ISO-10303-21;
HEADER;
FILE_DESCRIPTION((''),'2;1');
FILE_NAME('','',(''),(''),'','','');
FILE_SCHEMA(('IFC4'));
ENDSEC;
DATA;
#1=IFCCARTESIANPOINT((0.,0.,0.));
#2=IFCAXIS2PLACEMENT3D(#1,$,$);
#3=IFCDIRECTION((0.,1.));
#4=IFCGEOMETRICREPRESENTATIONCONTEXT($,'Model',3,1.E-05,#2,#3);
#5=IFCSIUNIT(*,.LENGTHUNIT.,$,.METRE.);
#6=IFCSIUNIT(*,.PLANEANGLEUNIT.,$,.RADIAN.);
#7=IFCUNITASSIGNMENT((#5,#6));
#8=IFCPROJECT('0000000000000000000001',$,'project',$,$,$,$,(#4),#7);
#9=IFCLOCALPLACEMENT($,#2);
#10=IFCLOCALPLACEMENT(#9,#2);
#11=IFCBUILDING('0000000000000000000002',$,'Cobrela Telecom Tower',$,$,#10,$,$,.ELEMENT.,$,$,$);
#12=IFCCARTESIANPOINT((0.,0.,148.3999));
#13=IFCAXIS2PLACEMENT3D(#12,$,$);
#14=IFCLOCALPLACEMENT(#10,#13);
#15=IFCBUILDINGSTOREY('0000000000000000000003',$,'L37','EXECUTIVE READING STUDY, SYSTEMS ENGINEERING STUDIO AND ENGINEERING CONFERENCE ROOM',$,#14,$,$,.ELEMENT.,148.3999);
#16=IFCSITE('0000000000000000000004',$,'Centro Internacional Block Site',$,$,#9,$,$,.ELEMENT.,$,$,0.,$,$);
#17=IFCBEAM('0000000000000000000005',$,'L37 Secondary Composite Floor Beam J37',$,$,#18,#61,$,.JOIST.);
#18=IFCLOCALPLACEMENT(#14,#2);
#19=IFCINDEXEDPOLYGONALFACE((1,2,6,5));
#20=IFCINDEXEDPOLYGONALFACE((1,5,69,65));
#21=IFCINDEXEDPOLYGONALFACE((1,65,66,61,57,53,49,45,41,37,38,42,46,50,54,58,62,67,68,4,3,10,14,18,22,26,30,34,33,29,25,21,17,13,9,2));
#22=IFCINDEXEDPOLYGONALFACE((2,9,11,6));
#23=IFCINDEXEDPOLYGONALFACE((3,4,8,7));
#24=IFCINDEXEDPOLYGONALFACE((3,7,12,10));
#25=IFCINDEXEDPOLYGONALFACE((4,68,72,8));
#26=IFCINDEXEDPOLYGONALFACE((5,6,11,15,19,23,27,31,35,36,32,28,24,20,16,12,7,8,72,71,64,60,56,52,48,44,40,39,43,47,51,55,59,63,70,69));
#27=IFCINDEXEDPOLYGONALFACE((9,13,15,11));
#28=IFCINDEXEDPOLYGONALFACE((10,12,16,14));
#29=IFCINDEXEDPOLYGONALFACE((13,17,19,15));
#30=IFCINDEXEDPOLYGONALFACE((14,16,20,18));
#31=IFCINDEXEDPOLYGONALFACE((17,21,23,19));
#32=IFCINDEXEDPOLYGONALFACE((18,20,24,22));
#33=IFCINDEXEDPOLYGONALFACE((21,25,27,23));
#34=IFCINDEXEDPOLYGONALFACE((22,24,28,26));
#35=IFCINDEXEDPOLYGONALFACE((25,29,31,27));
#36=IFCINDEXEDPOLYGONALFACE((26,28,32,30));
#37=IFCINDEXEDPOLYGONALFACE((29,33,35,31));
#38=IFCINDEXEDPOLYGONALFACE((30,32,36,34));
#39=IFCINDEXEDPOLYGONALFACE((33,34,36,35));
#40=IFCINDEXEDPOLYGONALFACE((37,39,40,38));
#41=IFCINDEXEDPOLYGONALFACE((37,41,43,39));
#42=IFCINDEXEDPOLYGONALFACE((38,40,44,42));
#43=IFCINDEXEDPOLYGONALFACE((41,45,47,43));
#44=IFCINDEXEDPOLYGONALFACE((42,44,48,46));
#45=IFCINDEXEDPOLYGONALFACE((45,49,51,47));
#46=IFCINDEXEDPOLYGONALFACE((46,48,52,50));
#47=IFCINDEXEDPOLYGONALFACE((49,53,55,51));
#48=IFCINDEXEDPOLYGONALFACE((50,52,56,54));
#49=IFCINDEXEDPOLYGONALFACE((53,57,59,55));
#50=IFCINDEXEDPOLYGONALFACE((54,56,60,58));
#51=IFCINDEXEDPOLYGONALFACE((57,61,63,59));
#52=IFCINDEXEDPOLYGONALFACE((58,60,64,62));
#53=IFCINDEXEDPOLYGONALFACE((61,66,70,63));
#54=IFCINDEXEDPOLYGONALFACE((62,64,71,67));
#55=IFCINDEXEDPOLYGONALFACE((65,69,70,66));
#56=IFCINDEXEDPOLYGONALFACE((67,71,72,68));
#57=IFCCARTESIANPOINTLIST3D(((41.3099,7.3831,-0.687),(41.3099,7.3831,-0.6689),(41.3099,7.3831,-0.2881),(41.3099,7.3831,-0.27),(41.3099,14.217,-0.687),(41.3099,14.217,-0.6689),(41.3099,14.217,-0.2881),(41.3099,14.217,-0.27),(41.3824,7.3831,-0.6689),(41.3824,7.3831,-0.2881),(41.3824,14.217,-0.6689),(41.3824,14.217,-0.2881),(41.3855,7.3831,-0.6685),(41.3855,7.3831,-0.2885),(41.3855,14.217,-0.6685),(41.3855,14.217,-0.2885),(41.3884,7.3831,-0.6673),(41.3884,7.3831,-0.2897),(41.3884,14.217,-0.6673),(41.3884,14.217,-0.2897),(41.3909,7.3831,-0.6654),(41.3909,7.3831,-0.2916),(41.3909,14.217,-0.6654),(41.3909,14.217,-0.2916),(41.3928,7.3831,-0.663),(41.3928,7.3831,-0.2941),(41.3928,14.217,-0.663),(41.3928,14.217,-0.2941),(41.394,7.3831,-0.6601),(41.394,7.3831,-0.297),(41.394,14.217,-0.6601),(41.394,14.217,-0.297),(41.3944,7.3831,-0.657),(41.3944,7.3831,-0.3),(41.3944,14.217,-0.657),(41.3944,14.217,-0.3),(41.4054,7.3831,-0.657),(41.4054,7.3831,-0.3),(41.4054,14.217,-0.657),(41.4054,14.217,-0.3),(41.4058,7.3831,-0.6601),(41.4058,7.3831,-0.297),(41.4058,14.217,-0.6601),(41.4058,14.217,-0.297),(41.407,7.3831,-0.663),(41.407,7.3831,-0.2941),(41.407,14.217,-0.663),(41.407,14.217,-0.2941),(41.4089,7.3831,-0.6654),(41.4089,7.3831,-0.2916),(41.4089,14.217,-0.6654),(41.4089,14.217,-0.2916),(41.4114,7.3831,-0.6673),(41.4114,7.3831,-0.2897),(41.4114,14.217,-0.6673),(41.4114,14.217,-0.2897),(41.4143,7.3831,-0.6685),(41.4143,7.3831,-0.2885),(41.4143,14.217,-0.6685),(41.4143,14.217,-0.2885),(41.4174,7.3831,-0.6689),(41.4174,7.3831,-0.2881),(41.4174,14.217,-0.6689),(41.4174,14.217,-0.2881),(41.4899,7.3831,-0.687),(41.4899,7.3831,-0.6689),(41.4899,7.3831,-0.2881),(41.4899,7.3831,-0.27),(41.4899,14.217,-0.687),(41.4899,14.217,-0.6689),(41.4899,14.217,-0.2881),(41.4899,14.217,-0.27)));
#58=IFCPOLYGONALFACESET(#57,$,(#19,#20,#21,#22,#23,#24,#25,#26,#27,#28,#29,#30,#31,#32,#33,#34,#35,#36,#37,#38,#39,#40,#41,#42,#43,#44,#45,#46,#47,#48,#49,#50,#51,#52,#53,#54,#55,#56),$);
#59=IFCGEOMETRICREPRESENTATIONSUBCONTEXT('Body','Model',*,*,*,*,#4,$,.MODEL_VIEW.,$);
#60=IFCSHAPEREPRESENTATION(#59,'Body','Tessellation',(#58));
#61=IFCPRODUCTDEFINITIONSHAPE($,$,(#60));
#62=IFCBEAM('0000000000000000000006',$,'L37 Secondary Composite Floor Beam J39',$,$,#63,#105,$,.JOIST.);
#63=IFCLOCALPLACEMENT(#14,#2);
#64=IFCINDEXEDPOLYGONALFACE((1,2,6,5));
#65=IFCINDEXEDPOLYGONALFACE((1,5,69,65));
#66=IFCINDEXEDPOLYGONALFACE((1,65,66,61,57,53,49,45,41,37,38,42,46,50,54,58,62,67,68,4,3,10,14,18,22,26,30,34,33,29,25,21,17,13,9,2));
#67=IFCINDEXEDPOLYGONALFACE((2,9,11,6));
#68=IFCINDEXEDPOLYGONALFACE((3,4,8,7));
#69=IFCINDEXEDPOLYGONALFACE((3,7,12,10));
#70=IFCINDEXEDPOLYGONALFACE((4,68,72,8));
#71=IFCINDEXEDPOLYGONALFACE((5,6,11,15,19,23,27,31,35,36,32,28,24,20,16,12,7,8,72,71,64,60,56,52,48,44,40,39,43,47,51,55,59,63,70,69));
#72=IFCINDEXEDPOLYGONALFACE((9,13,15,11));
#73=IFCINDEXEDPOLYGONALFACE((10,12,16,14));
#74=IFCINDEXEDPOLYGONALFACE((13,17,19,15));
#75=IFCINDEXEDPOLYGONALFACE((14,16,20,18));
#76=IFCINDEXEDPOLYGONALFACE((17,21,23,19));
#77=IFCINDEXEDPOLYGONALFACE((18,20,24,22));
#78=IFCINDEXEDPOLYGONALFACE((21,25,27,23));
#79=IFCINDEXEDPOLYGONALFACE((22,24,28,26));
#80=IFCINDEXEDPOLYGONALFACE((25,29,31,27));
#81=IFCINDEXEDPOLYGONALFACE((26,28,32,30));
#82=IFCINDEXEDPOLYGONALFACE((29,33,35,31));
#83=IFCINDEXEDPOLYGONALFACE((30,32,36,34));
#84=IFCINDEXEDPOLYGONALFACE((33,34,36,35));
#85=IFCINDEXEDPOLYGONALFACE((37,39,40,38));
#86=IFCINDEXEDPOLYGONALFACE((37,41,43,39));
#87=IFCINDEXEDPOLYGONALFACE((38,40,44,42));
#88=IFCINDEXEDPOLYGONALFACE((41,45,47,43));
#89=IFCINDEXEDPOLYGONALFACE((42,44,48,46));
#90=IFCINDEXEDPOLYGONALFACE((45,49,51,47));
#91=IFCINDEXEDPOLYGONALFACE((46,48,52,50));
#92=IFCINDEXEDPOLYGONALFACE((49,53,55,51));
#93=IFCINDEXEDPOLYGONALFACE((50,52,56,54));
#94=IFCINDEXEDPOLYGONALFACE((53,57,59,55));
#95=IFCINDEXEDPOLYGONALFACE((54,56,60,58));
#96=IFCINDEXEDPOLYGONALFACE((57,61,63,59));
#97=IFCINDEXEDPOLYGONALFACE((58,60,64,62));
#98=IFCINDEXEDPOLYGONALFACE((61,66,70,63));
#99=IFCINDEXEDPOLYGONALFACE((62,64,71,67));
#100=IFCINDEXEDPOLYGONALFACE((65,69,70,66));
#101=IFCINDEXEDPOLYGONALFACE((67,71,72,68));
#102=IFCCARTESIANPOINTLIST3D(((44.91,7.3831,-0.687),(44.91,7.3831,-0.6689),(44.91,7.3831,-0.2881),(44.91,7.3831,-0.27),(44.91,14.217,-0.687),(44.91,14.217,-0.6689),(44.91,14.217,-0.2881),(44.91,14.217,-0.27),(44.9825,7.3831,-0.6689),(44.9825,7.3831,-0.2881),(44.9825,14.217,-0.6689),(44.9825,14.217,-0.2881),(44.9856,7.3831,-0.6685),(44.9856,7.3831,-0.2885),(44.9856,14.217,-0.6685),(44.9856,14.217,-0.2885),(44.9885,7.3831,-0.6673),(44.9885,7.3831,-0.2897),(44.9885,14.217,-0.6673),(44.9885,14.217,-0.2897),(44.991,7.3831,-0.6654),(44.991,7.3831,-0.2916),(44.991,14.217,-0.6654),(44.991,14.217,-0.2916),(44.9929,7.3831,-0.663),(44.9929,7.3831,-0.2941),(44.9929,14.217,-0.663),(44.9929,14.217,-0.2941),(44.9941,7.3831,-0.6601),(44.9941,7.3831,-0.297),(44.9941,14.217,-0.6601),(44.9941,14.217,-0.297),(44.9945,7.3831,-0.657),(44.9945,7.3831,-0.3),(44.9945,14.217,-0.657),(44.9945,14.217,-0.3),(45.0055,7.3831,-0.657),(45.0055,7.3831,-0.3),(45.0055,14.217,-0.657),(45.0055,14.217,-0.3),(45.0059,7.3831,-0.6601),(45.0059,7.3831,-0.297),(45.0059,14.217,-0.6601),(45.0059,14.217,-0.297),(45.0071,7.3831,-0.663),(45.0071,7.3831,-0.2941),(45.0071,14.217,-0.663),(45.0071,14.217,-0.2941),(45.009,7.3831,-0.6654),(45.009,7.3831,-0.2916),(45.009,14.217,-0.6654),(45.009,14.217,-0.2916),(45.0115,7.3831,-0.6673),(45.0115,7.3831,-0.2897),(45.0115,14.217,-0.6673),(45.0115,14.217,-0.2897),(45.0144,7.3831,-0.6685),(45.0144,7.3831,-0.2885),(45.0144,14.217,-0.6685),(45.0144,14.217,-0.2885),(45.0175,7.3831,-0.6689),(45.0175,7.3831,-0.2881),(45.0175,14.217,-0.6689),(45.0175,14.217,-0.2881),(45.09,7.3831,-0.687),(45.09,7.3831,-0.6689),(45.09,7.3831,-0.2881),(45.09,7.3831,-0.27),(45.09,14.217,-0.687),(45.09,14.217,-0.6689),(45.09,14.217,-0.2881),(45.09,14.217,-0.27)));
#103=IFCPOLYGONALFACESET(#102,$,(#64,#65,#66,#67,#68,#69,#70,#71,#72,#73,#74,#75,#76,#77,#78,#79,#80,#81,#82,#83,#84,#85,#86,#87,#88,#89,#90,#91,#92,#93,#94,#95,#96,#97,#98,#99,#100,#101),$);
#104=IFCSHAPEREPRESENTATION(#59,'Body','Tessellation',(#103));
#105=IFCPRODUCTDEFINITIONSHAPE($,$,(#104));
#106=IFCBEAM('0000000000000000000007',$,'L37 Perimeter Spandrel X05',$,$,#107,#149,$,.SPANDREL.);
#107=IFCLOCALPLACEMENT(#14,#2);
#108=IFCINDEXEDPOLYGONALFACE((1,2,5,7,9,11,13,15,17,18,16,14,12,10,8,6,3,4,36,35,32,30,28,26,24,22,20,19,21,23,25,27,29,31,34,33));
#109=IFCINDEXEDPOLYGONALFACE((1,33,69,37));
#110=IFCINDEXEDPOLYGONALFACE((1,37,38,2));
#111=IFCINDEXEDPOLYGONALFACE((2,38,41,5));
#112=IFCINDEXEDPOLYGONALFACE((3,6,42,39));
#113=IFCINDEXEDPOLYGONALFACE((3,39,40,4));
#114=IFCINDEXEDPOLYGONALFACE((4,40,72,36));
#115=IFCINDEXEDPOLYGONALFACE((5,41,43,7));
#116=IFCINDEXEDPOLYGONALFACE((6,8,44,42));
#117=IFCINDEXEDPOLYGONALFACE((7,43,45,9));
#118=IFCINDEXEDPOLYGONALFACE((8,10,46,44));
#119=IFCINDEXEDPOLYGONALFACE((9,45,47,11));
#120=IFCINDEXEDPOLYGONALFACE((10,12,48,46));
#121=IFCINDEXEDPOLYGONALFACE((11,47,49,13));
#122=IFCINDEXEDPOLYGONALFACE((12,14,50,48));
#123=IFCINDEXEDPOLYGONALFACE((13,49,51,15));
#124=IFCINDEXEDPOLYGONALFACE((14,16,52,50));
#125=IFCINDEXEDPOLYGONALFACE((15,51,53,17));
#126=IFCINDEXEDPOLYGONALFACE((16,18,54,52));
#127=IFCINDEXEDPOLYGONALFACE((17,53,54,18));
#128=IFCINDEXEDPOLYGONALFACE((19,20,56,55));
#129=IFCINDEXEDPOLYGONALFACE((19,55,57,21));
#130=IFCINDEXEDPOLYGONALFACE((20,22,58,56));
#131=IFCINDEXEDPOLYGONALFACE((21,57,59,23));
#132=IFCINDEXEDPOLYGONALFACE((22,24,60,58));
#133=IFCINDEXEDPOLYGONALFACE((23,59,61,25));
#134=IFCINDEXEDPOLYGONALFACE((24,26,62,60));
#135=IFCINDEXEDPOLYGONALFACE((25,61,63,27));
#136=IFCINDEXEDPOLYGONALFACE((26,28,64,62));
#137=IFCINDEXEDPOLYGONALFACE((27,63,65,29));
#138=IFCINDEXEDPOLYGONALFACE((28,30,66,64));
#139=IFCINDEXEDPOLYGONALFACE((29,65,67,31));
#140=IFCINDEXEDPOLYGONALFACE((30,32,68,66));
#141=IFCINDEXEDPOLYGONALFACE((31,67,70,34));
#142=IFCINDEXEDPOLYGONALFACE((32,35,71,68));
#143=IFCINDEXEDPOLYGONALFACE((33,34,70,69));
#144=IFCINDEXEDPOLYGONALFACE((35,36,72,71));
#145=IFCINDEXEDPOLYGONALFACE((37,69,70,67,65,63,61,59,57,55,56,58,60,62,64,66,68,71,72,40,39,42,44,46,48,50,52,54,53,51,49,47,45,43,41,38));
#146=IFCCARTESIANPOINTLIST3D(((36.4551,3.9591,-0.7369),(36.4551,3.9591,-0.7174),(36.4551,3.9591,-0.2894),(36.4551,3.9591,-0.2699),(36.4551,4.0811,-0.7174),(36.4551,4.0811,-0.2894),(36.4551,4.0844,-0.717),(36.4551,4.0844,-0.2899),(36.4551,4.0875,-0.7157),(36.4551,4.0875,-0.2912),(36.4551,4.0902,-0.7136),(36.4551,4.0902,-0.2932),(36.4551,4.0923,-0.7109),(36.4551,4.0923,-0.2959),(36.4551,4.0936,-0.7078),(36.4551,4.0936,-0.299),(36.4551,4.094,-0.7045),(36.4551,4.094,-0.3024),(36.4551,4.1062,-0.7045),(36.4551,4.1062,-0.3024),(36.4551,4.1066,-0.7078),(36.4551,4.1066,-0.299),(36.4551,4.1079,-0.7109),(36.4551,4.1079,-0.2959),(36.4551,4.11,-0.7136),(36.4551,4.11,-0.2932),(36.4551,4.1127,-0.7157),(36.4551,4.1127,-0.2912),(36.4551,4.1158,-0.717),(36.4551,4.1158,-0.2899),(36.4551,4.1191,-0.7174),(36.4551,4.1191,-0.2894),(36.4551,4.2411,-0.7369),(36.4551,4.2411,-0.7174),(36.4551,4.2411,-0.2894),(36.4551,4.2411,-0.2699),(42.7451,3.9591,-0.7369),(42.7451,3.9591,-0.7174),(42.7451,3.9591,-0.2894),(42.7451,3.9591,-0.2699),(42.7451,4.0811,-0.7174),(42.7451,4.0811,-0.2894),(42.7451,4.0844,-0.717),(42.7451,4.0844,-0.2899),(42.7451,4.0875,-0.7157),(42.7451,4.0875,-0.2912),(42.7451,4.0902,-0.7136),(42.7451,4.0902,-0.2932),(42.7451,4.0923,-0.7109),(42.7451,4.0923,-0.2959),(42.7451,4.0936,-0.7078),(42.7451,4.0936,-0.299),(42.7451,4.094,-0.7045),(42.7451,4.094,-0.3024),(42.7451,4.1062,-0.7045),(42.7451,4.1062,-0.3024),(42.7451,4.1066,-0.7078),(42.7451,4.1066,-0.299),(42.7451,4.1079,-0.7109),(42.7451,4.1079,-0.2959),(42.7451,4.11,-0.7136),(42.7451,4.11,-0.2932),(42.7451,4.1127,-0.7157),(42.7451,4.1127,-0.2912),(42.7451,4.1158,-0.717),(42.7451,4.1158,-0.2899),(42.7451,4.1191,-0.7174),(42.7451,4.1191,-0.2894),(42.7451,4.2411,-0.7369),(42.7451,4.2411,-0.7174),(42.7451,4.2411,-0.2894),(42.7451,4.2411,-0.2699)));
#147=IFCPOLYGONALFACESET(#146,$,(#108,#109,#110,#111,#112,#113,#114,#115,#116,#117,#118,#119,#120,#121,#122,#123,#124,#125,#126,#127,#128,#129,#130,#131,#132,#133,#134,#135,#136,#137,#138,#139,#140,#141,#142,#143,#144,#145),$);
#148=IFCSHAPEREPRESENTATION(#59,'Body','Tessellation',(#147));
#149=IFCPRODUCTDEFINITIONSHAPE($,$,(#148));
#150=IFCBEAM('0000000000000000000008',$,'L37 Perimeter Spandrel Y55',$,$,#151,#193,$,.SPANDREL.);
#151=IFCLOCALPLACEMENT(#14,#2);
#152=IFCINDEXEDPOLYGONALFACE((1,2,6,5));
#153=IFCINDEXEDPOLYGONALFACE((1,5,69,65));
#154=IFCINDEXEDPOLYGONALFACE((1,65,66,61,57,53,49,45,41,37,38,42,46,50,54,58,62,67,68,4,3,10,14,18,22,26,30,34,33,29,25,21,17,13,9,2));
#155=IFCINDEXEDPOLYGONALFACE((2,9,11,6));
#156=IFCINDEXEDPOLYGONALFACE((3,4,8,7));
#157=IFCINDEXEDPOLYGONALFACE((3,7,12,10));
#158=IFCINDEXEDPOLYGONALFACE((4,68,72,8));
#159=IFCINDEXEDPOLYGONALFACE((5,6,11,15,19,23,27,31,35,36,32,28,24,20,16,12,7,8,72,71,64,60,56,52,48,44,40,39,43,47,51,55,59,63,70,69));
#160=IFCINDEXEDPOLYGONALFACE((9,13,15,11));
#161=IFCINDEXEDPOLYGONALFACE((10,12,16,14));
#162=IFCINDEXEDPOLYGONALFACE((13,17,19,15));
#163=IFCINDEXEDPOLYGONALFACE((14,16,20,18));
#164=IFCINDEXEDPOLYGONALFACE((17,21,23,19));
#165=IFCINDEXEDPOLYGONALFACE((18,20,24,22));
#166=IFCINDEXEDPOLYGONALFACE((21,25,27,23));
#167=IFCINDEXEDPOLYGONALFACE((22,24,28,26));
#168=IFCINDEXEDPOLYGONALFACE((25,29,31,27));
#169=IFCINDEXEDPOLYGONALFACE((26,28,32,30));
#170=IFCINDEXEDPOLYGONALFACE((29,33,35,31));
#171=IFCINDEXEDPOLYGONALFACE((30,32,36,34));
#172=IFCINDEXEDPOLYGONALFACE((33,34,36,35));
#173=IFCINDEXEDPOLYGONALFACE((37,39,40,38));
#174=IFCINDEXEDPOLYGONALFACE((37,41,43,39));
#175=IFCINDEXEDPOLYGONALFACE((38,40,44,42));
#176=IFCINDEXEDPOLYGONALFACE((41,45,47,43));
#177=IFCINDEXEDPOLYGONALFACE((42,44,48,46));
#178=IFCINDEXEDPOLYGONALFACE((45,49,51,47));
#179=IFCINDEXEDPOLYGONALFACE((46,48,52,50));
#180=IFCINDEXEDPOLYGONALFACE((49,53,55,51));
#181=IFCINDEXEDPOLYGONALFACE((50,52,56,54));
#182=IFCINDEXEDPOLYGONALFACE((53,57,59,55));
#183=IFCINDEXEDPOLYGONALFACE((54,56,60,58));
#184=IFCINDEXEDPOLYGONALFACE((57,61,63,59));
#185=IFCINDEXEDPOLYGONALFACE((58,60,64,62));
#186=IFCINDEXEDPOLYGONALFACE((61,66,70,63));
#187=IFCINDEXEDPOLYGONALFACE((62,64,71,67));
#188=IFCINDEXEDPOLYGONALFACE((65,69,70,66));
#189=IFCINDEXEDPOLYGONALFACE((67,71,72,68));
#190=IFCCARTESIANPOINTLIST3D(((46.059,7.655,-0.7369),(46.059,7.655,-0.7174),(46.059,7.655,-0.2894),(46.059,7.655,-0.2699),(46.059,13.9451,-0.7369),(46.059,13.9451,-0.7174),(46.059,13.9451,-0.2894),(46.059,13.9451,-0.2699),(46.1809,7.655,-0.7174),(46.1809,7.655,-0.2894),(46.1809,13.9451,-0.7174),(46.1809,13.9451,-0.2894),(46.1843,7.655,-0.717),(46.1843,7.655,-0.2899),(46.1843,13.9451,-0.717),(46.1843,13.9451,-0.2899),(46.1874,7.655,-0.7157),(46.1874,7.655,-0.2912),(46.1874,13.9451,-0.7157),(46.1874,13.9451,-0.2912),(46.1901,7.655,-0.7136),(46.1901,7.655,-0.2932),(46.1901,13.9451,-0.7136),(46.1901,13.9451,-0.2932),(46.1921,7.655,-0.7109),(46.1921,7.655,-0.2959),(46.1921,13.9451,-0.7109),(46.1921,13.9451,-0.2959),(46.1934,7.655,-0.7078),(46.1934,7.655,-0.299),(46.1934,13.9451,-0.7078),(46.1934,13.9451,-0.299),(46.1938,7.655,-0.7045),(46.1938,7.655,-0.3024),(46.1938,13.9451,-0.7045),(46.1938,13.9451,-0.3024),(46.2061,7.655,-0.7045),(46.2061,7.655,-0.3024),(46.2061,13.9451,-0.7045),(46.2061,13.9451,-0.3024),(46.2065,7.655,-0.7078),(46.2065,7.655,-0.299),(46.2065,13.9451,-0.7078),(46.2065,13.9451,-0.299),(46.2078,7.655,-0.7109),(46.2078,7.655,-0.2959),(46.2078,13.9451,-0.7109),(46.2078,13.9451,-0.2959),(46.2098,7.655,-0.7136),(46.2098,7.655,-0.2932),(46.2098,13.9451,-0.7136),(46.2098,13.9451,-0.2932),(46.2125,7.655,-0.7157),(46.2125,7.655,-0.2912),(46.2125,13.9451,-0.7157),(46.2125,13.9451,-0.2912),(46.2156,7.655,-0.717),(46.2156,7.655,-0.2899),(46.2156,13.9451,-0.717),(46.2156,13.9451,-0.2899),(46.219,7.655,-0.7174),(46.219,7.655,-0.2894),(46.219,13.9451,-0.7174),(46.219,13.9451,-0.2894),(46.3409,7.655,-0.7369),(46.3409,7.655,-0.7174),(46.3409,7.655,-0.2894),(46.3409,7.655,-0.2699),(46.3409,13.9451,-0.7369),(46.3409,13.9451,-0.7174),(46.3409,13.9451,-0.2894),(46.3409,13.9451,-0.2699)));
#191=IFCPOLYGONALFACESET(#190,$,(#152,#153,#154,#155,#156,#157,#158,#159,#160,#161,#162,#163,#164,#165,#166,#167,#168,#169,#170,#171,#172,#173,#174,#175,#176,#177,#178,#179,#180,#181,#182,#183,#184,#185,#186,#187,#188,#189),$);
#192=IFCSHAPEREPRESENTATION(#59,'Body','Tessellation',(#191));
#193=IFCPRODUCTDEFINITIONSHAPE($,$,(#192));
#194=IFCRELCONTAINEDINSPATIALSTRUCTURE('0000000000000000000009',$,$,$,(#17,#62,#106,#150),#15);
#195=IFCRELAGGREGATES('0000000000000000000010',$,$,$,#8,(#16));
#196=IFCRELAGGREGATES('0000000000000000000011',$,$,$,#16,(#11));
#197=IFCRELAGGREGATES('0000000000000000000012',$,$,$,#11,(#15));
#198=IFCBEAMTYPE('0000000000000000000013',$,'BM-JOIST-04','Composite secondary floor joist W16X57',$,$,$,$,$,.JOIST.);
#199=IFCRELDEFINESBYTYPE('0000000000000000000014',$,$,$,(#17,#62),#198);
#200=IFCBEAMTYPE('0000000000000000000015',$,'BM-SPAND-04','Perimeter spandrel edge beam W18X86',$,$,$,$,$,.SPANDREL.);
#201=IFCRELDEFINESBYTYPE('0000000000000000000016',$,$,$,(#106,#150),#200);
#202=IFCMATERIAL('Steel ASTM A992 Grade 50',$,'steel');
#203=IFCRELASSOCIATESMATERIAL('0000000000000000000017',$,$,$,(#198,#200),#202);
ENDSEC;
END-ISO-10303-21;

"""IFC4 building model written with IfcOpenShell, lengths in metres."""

from ifc_helpers import new_model, si_unit, direction, frame, origin, origin_2d, place, context, subcontext, project, spatial, i_section, extrude, material, material_profile, profile_set, type_object, element, save


model = new_model("IFC4")

# Units and contexts
model_context = context("Model", 3, precision=1e-05, world=origin(), true_north=direction((0.0, 1.0)))
body_context = subcontext(model_context, "Body", "Model", "MODEL_VIEW")
ifc_project = project(units=[si_unit("LENGTHUNIT", "METRE"), si_unit("PLANEANGLEUNIT", "RADIAN")], contexts=[model_context])

# Site, building, storey
site_placement = place(None, origin())
site = spatial("IfcSite", under=ifc_project, at=site_placement, Name="Centro Internacional Block Site", CompositionType="ELEMENT", RefElevation=0.0)
building_placement = place(site_placement, origin())
building = spatial("IfcBuilding", under=site, at=building_placement, Name="Cobrela Telecom Tower", CompositionType="ELEMENT")
storey_placement = place(building_placement, frame((0.0, 0.0, 148.3999)))
storey = spatial("IfcBuildingStorey", under=building, at=storey_placement, Name="L37", Description="EXECUTIVE READING STUDY, SYSTEMS ENGINEERING STUDIO AND ENGINEERING CONFERENCE ROOM", CompositionType="ELEMENT", Elevation=148.3999)

# Shared definitions
ifc_material_1 = material(Name="Steel ASTM A992 Grade 50", Category="steel")

# Beams
ifc_material_profile_1 = material_profile(ifc_material_1, i_section(OverallWidth=0.1799, OverallDepth=0.417, WebThickness=0.011, FlangeThickness=0.0181, FilletRadius=0.012, at=origin_2d()), Name="W16X57")
ifc_profile_set_1 = profile_set([ifc_material_profile_1], Name="Steel ASTM A992 Grade 50")
beam_type_1 = type_object("IfcBeamType", Name="BM-JOIST-04", Description="Composite secondary floor joist W16X57", PredefinedType="JOIST", material=ifc_profile_set_1)
for number, where, z_axis, x_axis, name in (
    (1, (41.3999, 7.3831, -0.4785), (0.0, 1.0, 0.0), (-1.0, 0.0, 0.0), "L37 Secondary Composite Floor Beam J37"),
    (2, (45.0, 7.3831, -0.4785), (0.0, 1.0, 0.0), (-1.0, 0.0, 0.0), "L37 Secondary Composite Floor Beam J39"),
):
    element("IfcBeam", number, at=place(storey_placement, frame(where, z_axis=z_axis, x_axis=x_axis)), inside=storey, type_object=beam_type_1, Name=name, PredefinedType="JOIST", context=body_context, shape_type="SweptSolid", body=[
        extrude(i_section(OverallWidth=0.1799, OverallDepth=0.417, WebThickness=0.011, FlangeThickness=0.0181, FilletRadius=0.012, at=origin_2d()), origin(), (0.0, 0.0, 1.0), 6.834),
    ])
ifc_material_profile_2 = material_profile(ifc_material_1, i_section(OverallWidth=0.282, OverallDepth=0.467, WebThickness=0.0122, FlangeThickness=0.0195, FilletRadius=0.0129, at=origin_2d()), Name="W18X86")
ifc_profile_set_2 = profile_set([ifc_material_profile_2], Name="Steel ASTM A992 Grade 50")
beam_type_2 = type_object("IfcBeamType", Name="BM-SPAND-04", Description="Perimeter spandrel edge beam W18X86", PredefinedType="SPANDREL", material=ifc_profile_set_2)
for number, where, z_axis, x_axis, name in (
    (3, (36.4551, 4.1001, -0.5034), (1.0, 0.0, 0.0), (0.0, 1.0, 0.0), "L37 Perimeter Spandrel X05"),
    (4, (46.2, 7.655, -0.5034), (0.0, 1.0, 0.0), (-1.0, 0.0, 0.0), "L37 Perimeter Spandrel Y55"),
):
    element("IfcBeam", number, at=place(storey_placement, frame(where, z_axis=z_axis, x_axis=x_axis)), inside=storey, type_object=beam_type_2, Name=name, PredefinedType="SPANDREL", context=body_context, shape_type="SweptSolid", body=[
        extrude(i_section(OverallWidth=0.282, OverallDepth=0.467, WebThickness=0.0122, FlangeThickness=0.0195, FilletRadius=0.0129, at=origin_2d()), origin(), (0.0, 0.0, 1.0), 6.29),
    ])

save(model, "model.ifc")
